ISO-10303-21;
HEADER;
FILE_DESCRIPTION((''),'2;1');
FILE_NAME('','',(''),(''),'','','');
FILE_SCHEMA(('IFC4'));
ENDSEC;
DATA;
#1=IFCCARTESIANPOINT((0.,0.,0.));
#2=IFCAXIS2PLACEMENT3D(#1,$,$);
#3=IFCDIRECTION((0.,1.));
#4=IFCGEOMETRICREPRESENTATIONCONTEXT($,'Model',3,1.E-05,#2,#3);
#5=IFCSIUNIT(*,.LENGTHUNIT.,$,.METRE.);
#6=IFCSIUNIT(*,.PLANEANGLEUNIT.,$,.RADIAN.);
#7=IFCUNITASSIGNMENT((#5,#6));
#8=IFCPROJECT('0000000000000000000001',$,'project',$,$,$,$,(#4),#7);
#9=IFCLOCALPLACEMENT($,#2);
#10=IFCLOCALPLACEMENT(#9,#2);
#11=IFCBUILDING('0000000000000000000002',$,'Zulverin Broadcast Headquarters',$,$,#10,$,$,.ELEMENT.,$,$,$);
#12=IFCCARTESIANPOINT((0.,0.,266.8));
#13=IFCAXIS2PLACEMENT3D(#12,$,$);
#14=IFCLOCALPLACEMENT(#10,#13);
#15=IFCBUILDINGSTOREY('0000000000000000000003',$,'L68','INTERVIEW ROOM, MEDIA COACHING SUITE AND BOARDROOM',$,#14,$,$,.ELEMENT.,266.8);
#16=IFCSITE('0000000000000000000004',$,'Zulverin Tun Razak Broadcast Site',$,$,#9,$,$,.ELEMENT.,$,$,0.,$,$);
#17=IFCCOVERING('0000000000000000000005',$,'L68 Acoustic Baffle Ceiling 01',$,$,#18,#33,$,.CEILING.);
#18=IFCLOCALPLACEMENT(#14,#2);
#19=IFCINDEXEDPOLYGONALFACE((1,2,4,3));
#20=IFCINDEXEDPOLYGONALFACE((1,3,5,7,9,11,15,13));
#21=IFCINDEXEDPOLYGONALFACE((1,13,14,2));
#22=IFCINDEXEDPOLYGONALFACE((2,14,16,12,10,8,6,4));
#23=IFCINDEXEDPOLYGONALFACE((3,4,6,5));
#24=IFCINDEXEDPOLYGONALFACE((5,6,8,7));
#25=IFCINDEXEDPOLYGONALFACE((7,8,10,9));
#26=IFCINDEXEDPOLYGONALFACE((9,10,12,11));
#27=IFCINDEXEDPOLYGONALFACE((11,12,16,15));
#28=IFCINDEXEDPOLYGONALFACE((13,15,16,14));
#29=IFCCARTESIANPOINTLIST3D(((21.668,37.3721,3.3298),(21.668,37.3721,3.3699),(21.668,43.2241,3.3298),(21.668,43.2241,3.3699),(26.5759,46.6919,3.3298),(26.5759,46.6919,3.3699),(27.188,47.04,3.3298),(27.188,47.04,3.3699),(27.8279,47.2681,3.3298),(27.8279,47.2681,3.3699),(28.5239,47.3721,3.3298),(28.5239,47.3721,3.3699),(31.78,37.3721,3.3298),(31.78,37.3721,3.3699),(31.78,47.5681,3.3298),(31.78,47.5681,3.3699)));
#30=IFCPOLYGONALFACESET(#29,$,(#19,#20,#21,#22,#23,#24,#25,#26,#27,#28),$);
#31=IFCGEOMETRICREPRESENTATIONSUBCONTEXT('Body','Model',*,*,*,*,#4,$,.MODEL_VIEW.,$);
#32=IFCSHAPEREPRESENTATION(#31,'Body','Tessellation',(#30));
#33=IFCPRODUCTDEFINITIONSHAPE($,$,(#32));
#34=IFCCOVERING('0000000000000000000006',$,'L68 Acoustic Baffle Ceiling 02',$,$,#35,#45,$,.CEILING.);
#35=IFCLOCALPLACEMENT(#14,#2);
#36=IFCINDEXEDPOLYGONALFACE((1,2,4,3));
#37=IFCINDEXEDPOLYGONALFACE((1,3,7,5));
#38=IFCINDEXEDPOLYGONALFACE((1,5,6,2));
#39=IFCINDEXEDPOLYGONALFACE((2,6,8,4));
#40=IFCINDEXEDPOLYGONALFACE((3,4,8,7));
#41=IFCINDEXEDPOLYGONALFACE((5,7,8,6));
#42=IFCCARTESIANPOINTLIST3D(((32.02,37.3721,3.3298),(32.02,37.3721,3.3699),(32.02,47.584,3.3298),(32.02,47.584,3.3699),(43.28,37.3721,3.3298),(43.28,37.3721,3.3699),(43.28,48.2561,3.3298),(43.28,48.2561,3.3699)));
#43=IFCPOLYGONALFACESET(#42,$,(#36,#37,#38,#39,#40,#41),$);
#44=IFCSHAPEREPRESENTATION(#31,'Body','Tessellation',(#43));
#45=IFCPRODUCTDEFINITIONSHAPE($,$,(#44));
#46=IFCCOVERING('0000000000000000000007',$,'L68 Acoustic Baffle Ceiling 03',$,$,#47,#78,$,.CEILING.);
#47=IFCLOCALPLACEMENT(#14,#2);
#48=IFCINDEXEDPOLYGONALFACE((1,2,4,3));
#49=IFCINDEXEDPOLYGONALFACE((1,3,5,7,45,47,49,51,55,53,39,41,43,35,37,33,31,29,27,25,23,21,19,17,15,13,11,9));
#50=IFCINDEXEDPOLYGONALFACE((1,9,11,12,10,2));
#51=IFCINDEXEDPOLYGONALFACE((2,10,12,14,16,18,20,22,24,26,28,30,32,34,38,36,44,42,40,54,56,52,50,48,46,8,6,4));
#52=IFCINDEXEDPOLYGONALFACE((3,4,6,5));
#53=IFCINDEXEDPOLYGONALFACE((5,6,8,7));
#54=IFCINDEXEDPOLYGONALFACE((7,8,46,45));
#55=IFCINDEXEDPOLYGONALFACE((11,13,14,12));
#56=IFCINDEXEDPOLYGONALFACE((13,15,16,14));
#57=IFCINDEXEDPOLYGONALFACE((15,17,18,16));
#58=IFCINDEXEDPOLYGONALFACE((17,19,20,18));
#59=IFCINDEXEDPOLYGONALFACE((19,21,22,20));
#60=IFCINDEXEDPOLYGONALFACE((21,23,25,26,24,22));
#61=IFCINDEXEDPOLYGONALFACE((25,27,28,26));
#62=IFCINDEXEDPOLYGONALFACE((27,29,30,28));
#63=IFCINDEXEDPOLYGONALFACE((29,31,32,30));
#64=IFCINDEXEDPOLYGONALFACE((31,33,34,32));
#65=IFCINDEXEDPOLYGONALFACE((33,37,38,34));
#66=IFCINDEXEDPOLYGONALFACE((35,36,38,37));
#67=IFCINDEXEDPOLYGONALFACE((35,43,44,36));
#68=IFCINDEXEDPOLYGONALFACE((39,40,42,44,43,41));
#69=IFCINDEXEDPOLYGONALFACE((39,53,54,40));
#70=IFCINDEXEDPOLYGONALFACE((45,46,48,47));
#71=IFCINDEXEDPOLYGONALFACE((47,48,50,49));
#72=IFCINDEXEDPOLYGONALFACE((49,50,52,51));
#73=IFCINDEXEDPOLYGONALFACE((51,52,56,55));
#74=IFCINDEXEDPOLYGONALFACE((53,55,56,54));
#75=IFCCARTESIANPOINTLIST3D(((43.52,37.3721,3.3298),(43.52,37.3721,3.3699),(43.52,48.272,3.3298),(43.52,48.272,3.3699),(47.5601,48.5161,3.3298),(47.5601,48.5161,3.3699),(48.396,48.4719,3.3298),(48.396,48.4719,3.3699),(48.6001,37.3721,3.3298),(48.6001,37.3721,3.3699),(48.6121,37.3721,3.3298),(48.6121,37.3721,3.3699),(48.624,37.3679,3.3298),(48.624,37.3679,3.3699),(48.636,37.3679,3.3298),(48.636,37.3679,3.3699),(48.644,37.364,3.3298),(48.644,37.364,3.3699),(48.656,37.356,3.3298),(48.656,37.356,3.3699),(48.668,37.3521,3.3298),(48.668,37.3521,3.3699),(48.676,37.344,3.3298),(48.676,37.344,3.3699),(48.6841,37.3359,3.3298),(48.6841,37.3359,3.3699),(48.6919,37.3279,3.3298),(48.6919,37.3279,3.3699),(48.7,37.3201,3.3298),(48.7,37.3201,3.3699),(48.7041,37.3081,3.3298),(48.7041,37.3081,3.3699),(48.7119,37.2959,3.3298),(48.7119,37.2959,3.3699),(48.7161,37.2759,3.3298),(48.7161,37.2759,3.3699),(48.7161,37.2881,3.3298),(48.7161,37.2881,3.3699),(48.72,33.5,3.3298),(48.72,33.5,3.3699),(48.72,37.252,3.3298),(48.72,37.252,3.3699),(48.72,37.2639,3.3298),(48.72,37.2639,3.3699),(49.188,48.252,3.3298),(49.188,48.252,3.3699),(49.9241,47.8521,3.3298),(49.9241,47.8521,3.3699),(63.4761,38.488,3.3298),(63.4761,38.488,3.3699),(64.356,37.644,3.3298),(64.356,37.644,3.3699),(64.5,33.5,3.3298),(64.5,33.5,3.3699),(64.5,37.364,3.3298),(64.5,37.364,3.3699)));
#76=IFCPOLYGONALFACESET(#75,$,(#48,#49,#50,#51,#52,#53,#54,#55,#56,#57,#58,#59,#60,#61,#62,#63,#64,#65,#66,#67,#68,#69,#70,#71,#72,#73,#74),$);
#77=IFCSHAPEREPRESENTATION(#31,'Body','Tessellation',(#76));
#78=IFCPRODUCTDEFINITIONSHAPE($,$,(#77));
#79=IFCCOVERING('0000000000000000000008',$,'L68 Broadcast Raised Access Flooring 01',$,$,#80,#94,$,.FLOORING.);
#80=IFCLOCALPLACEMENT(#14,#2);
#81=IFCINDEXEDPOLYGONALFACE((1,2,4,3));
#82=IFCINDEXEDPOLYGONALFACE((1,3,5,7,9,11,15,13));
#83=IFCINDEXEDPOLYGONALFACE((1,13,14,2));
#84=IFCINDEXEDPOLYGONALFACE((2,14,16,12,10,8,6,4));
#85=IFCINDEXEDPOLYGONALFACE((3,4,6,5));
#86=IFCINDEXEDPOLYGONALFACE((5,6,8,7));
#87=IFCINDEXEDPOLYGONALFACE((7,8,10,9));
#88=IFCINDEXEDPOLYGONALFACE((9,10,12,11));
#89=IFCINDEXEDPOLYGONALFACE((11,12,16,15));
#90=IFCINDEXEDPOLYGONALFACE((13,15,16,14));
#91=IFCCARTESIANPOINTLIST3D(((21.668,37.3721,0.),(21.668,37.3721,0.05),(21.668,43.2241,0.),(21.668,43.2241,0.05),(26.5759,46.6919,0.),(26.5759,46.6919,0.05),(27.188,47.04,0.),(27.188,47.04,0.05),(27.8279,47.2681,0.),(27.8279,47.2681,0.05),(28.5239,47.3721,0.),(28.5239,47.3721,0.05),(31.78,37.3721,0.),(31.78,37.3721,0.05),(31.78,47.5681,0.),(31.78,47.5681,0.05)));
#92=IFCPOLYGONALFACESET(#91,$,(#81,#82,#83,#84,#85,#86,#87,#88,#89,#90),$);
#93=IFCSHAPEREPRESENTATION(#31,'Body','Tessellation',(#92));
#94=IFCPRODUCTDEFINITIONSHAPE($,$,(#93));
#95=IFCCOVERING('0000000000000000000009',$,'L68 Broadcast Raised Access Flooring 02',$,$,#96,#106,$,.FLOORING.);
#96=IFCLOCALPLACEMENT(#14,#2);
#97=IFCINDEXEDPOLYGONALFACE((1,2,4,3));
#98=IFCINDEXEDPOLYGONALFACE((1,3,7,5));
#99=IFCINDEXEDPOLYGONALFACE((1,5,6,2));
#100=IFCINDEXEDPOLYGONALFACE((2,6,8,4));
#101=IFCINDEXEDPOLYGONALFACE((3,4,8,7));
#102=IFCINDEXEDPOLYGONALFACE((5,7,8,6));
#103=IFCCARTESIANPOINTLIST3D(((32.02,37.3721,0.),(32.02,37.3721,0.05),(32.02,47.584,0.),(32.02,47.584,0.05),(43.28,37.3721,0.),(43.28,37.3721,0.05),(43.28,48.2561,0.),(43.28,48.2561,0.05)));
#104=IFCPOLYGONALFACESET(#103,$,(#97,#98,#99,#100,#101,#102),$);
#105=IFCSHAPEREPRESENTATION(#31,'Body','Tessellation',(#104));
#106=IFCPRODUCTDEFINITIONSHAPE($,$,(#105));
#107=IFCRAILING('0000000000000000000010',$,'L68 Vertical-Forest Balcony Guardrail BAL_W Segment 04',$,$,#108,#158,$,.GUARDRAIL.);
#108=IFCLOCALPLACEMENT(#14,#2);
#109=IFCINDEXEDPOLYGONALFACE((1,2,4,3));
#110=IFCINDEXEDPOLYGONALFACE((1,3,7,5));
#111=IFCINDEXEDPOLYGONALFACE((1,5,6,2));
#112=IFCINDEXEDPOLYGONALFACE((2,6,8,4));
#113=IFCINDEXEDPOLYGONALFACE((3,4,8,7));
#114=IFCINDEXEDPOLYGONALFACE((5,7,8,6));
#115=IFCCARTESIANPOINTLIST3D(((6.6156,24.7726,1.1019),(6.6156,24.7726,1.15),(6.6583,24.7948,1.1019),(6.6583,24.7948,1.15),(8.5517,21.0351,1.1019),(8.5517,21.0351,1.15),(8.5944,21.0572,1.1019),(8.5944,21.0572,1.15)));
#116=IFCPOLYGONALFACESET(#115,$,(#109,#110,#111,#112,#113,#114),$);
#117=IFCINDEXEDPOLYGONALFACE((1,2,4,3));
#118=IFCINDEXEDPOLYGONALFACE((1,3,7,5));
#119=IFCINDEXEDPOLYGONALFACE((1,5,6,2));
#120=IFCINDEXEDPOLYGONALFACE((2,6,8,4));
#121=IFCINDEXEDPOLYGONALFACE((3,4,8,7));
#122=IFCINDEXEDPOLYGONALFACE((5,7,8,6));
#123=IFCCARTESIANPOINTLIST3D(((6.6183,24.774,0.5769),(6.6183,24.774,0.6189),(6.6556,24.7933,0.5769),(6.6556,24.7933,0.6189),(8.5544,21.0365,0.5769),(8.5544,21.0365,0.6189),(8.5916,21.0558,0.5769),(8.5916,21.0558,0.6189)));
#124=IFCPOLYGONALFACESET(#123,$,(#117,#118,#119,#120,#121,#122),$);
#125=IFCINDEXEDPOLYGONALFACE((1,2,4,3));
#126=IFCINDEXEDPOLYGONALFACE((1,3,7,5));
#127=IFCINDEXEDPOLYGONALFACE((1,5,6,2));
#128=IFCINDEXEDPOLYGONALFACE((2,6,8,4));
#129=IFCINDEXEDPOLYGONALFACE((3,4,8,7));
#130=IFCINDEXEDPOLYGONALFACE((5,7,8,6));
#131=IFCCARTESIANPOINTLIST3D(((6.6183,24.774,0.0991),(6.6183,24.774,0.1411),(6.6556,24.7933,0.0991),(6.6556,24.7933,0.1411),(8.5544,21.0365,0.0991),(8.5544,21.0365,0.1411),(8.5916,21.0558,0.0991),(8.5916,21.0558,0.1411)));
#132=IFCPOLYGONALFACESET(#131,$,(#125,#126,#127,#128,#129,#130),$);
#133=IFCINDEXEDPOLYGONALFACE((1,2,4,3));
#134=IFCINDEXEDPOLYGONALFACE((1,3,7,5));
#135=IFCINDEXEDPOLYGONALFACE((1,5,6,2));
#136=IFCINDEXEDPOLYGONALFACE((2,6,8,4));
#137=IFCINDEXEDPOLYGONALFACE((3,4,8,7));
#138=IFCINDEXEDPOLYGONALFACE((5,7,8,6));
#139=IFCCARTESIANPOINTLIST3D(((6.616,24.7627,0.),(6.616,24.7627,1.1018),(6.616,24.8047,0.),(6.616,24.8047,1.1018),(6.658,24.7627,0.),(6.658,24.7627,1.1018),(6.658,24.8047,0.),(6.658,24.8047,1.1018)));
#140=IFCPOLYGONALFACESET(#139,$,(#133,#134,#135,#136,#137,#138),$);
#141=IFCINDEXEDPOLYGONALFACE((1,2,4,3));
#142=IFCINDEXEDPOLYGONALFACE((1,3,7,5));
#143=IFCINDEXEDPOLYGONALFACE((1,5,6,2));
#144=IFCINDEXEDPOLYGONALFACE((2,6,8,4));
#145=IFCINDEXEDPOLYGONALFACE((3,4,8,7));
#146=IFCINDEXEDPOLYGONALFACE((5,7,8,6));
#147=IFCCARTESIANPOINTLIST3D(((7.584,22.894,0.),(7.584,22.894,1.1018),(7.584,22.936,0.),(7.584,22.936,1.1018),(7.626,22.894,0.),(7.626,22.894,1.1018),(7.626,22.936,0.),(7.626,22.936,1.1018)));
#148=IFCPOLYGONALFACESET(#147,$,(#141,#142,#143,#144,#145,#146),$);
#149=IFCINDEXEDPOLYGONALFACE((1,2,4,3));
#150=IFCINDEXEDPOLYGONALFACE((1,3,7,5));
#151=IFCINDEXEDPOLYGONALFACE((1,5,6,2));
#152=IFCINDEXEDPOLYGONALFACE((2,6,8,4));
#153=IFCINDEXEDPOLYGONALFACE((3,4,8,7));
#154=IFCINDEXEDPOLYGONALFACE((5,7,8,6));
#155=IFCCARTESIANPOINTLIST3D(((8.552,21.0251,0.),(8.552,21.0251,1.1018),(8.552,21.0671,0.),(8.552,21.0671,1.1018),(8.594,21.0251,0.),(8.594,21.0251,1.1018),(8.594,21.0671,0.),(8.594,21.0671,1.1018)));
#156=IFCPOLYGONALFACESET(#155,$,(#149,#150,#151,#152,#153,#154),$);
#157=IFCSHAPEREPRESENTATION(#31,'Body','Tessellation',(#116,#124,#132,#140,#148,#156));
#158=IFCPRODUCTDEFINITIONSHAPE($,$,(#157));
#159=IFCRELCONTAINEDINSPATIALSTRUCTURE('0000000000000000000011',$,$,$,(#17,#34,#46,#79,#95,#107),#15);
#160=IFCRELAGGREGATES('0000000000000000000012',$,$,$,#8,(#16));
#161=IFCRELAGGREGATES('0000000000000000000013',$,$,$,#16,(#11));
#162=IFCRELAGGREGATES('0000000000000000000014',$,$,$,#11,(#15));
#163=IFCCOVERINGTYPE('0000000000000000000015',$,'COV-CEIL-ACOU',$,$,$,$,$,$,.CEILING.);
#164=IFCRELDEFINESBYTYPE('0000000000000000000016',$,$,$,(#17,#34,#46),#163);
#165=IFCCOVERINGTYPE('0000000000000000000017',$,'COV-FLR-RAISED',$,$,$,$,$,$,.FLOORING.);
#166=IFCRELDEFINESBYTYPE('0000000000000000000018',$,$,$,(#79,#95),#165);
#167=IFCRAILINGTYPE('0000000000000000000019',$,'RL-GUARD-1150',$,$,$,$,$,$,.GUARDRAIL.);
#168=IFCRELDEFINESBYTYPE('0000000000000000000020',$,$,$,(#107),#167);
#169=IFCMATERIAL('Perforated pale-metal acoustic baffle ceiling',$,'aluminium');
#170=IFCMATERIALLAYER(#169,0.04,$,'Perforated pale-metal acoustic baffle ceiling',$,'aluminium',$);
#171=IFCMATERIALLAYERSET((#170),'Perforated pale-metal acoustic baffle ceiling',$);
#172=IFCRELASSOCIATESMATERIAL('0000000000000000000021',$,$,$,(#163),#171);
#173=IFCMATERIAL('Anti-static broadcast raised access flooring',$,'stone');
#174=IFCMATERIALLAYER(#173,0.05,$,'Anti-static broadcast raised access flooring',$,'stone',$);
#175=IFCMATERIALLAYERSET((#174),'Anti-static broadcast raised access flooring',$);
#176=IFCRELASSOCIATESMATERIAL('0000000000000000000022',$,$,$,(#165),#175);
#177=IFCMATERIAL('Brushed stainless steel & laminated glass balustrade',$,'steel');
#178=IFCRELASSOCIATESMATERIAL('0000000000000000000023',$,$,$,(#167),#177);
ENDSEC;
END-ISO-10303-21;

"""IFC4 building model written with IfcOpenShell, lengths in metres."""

from ifc_helpers import new_model, si_unit, direction, frame, origin, origin_2d, place, context, subcontext, project, spatial, polyline, rectangle, outline, extrude, material, layer, layer_set, type_object, element, save


model = new_model("IFC4")

# Units and contexts
model_context = context("Model", 3, precision=1e-05, world=origin(), true_north=direction((0.0, 1.0)))
body_context = subcontext(model_context, "Body", "Model", "MODEL_VIEW")
ifc_project = project(units=[si_unit("LENGTHUNIT", "METRE"), si_unit("PLANEANGLEUNIT", "RADIAN")], contexts=[model_context])

# Site, building, storey
site_placement = place(None, origin())
site = spatial("IfcSite", under=ifc_project, at=site_placement, Name="Zulverin Tun Razak Broadcast Site", CompositionType="ELEMENT", RefElevation=0.0)
building_placement = place(site_placement, origin())
building = spatial("IfcBuilding", under=site, at=building_placement, Name="Zulverin Broadcast Headquarters", CompositionType="ELEMENT")
storey_placement = place(building_placement, frame((0.0, 0.0, 266.8)))
storey = spatial("IfcBuildingStorey", under=building, at=storey_placement, Name="L68", Description="INTERVIEW ROOM, MEDIA COACHING SUITE AND BOARDROOM", CompositionType="ELEMENT", Elevation=266.8)

# Coverings
ifc_material_1 = material(Name="Perforated pale-metal acoustic baffle ceiling", Category="aluminium")
ifc_layer_1 = layer(ifc_material_1, 0.04, Name="Perforated pale-metal acoustic baffle ceiling", Category="aluminium")
ifc_layer_set_1 = layer_set([ifc_layer_1], Name="Perforated pale-metal acoustic baffle ceiling")
covering_type_1 = type_object("IfcCoveringType", Name="COV-CEIL-ACOU", PredefinedType="CEILING", material=ifc_layer_set_1)
covering_1_placement = place(storey_placement, frame((0.0, 0.0, 3.3298)))
element("IfcCovering", 1, at=covering_1_placement, inside=storey, type_object=covering_type_1, Name="L68 Acoustic Baffle Ceiling 01", PredefinedType="CEILING", context=body_context, shape_type="SweptSolid", body=[
    extrude(outline(polyline([(31.78, 37.3721), (31.78, 47.5681), (28.5239, 47.3721), (27.8279, 47.2681), (27.188, 47.04), (26.5759, 46.6919), (21.668, 43.2241), (21.668, 37.3721), (31.78, 37.3721)])), origin(), (0.0, 0.0, 1.0), 0.04),
])
covering_2_placement = place(storey_placement, frame((0.0, 0.0, 3.3298)))
element("IfcCovering", 2, at=covering_2_placement, inside=storey, type_object=covering_type_1, Name="L68 Acoustic Baffle Ceiling 02", PredefinedType="CEILING", context=body_context, shape_type="SweptSolid", body=[
    extrude(outline(polyline([(43.28, 37.3721), (43.28, 48.2561), (32.02, 47.584), (32.02, 37.3721), (43.28, 37.3721)])), origin(), (0.0, 0.0, 1.0), 0.04),
])
covering_3_placement = place(storey_placement, frame((0.0, 0.0, 3.3298)))
element("IfcCovering", 3, at=covering_3_placement, inside=storey, type_object=covering_type_1, Name="L68 Acoustic Baffle Ceiling 03", PredefinedType="CEILING", context=body_context, shape_type="SweptSolid", body=[
    extrude(outline(polyline([(48.7161, 37.2759), (48.72, 37.2639), (48.72, 37.252), (48.72, 33.5), (64.5, 33.5), (64.5, 37.364), (64.356, 37.644), (63.4761, 38.488), (49.9241, 47.8521), (49.188, 48.252), (48.396, 48.4719), (47.5601, 48.5161), (43.52, 48.272), (43.52, 37.3721), (48.6001, 37.3721), (48.6121, 37.3721), (48.624, 37.3679), (48.636, 37.3679), (48.644, 37.364), (48.656, 37.356), (48.668, 37.3521), (48.676, 37.344), (48.6841, 37.3359), (48.6919, 37.3279), (48.7, 37.3201), (48.7041, 37.3081), (48.7119, 37.2959), (48.7161, 37.2881), (48.7161, 37.2759)])), origin(), (0.0, 0.0, 1.0), 0.04),
])
ifc_material_2 = material(Name="Anti-static broadcast raised access flooring", Category="stone")
ifc_layer_2 = layer(ifc_material_2, 0.05, Name="Anti-static broadcast raised access flooring", Category="stone")
ifc_layer_set_2 = layer_set([ifc_layer_2], Name="Anti-static broadcast raised access flooring")
covering_type_2 = type_object("IfcCoveringType", Name="COV-FLR-RAISED", PredefinedType="FLOORING", material=ifc_layer_set_2)
covering_4_placement = place(storey_placement, origin())
element("IfcCovering", 4, at=covering_4_placement, inside=storey, type_object=covering_type_2, Name="L68 Broadcast Raised Access Flooring 01", PredefinedType="FLOORING", context=body_context, shape_type="SweptSolid", body=[
    extrude(outline(polyline([(31.78, 37.3721), (31.78, 47.5681), (28.5239, 47.3721), (27.8279, 47.2681), (27.188, 47.04), (26.5759, 46.6919), (21.668, 43.2241), (21.668, 37.3721), (31.78, 37.3721)])), origin(), (0.0, 0.0, 1.0), 0.05),
])
covering_5_placement = place(storey_placement, origin())
element("IfcCovering", 5, at=covering_5_placement, inside=storey, type_object=covering_type_2, Name="L68 Broadcast Raised Access Flooring 02", PredefinedType="FLOORING", context=body_context, shape_type="SweptSolid", body=[
    extrude(outline(polyline([(43.28, 37.3721), (43.28, 48.2561), (32.02, 47.584), (32.02, 37.3721), (43.28, 37.3721)])), origin(), (0.0, 0.0, 1.0), 0.05),
])

# Railing
ifc_material_3 = material(Name="Brushed stainless steel & laminated glass balustrade", Category="steel")
railing_type = type_object("IfcRailingType", Name="RL-GUARD-1150", PredefinedType="GUARDRAIL", material=ifc_material_3)
railing_1_placement = place(storey_placement, frame((6.637, 24.7837, 0.0)))
element("IfcRailing", 6, at=railing_1_placement, inside=storey, type_object=railing_type, Name="L68 Vertical-Forest Balcony Guardrail BAL_W Segment 04", PredefinedType="GUARDRAIL", context=body_context, shape_type="SweptSolid", body=[
    extrude(rectangle(XDim=0.0481, YDim=0.0481, at=origin_2d()), frame((0.0, 0.0, 1.126), z_axis=(0.459951, -0.887944, 0.0), x_axis=(0.887944, 0.459951, 0.0)), (0.0, 0.0, 1.0), 4.2092),
    extrude(rectangle(XDim=0.042, YDim=0.042, at=origin_2d()), frame((0.0, 0.0, 0.5979), z_axis=(0.459951, -0.887944, 0.0), x_axis=(0.887944, 0.459951, 0.0)), (0.0, 0.0, 1.0), 4.2092),
    extrude(rectangle(XDim=0.042, YDim=0.042, at=origin_2d()), frame((0.0, 0.0, 0.1201), z_axis=(0.459951, -0.887944, 0.0), x_axis=(0.887944, 0.459951, 0.0)), (0.0, 0.0, 1.0), 4.2092),
    extrude(rectangle(XDim=0.042, YDim=0.042, at=origin_2d()), origin(), (0.0, 0.0, 1.0), 1.1018),
    extrude(rectangle(XDim=0.042, YDim=0.042, at=origin_2d()), frame((0.968, -1.8687, 0.0)), (0.0, 0.0, 1.0), 1.1018),
    extrude(rectangle(XDim=0.042, YDim=0.042, at=origin_2d()), frame((1.936, -3.7375, 0.0)), (0.0, 0.0, 1.0), 1.1018),
])

save(model, "model.ifc")
